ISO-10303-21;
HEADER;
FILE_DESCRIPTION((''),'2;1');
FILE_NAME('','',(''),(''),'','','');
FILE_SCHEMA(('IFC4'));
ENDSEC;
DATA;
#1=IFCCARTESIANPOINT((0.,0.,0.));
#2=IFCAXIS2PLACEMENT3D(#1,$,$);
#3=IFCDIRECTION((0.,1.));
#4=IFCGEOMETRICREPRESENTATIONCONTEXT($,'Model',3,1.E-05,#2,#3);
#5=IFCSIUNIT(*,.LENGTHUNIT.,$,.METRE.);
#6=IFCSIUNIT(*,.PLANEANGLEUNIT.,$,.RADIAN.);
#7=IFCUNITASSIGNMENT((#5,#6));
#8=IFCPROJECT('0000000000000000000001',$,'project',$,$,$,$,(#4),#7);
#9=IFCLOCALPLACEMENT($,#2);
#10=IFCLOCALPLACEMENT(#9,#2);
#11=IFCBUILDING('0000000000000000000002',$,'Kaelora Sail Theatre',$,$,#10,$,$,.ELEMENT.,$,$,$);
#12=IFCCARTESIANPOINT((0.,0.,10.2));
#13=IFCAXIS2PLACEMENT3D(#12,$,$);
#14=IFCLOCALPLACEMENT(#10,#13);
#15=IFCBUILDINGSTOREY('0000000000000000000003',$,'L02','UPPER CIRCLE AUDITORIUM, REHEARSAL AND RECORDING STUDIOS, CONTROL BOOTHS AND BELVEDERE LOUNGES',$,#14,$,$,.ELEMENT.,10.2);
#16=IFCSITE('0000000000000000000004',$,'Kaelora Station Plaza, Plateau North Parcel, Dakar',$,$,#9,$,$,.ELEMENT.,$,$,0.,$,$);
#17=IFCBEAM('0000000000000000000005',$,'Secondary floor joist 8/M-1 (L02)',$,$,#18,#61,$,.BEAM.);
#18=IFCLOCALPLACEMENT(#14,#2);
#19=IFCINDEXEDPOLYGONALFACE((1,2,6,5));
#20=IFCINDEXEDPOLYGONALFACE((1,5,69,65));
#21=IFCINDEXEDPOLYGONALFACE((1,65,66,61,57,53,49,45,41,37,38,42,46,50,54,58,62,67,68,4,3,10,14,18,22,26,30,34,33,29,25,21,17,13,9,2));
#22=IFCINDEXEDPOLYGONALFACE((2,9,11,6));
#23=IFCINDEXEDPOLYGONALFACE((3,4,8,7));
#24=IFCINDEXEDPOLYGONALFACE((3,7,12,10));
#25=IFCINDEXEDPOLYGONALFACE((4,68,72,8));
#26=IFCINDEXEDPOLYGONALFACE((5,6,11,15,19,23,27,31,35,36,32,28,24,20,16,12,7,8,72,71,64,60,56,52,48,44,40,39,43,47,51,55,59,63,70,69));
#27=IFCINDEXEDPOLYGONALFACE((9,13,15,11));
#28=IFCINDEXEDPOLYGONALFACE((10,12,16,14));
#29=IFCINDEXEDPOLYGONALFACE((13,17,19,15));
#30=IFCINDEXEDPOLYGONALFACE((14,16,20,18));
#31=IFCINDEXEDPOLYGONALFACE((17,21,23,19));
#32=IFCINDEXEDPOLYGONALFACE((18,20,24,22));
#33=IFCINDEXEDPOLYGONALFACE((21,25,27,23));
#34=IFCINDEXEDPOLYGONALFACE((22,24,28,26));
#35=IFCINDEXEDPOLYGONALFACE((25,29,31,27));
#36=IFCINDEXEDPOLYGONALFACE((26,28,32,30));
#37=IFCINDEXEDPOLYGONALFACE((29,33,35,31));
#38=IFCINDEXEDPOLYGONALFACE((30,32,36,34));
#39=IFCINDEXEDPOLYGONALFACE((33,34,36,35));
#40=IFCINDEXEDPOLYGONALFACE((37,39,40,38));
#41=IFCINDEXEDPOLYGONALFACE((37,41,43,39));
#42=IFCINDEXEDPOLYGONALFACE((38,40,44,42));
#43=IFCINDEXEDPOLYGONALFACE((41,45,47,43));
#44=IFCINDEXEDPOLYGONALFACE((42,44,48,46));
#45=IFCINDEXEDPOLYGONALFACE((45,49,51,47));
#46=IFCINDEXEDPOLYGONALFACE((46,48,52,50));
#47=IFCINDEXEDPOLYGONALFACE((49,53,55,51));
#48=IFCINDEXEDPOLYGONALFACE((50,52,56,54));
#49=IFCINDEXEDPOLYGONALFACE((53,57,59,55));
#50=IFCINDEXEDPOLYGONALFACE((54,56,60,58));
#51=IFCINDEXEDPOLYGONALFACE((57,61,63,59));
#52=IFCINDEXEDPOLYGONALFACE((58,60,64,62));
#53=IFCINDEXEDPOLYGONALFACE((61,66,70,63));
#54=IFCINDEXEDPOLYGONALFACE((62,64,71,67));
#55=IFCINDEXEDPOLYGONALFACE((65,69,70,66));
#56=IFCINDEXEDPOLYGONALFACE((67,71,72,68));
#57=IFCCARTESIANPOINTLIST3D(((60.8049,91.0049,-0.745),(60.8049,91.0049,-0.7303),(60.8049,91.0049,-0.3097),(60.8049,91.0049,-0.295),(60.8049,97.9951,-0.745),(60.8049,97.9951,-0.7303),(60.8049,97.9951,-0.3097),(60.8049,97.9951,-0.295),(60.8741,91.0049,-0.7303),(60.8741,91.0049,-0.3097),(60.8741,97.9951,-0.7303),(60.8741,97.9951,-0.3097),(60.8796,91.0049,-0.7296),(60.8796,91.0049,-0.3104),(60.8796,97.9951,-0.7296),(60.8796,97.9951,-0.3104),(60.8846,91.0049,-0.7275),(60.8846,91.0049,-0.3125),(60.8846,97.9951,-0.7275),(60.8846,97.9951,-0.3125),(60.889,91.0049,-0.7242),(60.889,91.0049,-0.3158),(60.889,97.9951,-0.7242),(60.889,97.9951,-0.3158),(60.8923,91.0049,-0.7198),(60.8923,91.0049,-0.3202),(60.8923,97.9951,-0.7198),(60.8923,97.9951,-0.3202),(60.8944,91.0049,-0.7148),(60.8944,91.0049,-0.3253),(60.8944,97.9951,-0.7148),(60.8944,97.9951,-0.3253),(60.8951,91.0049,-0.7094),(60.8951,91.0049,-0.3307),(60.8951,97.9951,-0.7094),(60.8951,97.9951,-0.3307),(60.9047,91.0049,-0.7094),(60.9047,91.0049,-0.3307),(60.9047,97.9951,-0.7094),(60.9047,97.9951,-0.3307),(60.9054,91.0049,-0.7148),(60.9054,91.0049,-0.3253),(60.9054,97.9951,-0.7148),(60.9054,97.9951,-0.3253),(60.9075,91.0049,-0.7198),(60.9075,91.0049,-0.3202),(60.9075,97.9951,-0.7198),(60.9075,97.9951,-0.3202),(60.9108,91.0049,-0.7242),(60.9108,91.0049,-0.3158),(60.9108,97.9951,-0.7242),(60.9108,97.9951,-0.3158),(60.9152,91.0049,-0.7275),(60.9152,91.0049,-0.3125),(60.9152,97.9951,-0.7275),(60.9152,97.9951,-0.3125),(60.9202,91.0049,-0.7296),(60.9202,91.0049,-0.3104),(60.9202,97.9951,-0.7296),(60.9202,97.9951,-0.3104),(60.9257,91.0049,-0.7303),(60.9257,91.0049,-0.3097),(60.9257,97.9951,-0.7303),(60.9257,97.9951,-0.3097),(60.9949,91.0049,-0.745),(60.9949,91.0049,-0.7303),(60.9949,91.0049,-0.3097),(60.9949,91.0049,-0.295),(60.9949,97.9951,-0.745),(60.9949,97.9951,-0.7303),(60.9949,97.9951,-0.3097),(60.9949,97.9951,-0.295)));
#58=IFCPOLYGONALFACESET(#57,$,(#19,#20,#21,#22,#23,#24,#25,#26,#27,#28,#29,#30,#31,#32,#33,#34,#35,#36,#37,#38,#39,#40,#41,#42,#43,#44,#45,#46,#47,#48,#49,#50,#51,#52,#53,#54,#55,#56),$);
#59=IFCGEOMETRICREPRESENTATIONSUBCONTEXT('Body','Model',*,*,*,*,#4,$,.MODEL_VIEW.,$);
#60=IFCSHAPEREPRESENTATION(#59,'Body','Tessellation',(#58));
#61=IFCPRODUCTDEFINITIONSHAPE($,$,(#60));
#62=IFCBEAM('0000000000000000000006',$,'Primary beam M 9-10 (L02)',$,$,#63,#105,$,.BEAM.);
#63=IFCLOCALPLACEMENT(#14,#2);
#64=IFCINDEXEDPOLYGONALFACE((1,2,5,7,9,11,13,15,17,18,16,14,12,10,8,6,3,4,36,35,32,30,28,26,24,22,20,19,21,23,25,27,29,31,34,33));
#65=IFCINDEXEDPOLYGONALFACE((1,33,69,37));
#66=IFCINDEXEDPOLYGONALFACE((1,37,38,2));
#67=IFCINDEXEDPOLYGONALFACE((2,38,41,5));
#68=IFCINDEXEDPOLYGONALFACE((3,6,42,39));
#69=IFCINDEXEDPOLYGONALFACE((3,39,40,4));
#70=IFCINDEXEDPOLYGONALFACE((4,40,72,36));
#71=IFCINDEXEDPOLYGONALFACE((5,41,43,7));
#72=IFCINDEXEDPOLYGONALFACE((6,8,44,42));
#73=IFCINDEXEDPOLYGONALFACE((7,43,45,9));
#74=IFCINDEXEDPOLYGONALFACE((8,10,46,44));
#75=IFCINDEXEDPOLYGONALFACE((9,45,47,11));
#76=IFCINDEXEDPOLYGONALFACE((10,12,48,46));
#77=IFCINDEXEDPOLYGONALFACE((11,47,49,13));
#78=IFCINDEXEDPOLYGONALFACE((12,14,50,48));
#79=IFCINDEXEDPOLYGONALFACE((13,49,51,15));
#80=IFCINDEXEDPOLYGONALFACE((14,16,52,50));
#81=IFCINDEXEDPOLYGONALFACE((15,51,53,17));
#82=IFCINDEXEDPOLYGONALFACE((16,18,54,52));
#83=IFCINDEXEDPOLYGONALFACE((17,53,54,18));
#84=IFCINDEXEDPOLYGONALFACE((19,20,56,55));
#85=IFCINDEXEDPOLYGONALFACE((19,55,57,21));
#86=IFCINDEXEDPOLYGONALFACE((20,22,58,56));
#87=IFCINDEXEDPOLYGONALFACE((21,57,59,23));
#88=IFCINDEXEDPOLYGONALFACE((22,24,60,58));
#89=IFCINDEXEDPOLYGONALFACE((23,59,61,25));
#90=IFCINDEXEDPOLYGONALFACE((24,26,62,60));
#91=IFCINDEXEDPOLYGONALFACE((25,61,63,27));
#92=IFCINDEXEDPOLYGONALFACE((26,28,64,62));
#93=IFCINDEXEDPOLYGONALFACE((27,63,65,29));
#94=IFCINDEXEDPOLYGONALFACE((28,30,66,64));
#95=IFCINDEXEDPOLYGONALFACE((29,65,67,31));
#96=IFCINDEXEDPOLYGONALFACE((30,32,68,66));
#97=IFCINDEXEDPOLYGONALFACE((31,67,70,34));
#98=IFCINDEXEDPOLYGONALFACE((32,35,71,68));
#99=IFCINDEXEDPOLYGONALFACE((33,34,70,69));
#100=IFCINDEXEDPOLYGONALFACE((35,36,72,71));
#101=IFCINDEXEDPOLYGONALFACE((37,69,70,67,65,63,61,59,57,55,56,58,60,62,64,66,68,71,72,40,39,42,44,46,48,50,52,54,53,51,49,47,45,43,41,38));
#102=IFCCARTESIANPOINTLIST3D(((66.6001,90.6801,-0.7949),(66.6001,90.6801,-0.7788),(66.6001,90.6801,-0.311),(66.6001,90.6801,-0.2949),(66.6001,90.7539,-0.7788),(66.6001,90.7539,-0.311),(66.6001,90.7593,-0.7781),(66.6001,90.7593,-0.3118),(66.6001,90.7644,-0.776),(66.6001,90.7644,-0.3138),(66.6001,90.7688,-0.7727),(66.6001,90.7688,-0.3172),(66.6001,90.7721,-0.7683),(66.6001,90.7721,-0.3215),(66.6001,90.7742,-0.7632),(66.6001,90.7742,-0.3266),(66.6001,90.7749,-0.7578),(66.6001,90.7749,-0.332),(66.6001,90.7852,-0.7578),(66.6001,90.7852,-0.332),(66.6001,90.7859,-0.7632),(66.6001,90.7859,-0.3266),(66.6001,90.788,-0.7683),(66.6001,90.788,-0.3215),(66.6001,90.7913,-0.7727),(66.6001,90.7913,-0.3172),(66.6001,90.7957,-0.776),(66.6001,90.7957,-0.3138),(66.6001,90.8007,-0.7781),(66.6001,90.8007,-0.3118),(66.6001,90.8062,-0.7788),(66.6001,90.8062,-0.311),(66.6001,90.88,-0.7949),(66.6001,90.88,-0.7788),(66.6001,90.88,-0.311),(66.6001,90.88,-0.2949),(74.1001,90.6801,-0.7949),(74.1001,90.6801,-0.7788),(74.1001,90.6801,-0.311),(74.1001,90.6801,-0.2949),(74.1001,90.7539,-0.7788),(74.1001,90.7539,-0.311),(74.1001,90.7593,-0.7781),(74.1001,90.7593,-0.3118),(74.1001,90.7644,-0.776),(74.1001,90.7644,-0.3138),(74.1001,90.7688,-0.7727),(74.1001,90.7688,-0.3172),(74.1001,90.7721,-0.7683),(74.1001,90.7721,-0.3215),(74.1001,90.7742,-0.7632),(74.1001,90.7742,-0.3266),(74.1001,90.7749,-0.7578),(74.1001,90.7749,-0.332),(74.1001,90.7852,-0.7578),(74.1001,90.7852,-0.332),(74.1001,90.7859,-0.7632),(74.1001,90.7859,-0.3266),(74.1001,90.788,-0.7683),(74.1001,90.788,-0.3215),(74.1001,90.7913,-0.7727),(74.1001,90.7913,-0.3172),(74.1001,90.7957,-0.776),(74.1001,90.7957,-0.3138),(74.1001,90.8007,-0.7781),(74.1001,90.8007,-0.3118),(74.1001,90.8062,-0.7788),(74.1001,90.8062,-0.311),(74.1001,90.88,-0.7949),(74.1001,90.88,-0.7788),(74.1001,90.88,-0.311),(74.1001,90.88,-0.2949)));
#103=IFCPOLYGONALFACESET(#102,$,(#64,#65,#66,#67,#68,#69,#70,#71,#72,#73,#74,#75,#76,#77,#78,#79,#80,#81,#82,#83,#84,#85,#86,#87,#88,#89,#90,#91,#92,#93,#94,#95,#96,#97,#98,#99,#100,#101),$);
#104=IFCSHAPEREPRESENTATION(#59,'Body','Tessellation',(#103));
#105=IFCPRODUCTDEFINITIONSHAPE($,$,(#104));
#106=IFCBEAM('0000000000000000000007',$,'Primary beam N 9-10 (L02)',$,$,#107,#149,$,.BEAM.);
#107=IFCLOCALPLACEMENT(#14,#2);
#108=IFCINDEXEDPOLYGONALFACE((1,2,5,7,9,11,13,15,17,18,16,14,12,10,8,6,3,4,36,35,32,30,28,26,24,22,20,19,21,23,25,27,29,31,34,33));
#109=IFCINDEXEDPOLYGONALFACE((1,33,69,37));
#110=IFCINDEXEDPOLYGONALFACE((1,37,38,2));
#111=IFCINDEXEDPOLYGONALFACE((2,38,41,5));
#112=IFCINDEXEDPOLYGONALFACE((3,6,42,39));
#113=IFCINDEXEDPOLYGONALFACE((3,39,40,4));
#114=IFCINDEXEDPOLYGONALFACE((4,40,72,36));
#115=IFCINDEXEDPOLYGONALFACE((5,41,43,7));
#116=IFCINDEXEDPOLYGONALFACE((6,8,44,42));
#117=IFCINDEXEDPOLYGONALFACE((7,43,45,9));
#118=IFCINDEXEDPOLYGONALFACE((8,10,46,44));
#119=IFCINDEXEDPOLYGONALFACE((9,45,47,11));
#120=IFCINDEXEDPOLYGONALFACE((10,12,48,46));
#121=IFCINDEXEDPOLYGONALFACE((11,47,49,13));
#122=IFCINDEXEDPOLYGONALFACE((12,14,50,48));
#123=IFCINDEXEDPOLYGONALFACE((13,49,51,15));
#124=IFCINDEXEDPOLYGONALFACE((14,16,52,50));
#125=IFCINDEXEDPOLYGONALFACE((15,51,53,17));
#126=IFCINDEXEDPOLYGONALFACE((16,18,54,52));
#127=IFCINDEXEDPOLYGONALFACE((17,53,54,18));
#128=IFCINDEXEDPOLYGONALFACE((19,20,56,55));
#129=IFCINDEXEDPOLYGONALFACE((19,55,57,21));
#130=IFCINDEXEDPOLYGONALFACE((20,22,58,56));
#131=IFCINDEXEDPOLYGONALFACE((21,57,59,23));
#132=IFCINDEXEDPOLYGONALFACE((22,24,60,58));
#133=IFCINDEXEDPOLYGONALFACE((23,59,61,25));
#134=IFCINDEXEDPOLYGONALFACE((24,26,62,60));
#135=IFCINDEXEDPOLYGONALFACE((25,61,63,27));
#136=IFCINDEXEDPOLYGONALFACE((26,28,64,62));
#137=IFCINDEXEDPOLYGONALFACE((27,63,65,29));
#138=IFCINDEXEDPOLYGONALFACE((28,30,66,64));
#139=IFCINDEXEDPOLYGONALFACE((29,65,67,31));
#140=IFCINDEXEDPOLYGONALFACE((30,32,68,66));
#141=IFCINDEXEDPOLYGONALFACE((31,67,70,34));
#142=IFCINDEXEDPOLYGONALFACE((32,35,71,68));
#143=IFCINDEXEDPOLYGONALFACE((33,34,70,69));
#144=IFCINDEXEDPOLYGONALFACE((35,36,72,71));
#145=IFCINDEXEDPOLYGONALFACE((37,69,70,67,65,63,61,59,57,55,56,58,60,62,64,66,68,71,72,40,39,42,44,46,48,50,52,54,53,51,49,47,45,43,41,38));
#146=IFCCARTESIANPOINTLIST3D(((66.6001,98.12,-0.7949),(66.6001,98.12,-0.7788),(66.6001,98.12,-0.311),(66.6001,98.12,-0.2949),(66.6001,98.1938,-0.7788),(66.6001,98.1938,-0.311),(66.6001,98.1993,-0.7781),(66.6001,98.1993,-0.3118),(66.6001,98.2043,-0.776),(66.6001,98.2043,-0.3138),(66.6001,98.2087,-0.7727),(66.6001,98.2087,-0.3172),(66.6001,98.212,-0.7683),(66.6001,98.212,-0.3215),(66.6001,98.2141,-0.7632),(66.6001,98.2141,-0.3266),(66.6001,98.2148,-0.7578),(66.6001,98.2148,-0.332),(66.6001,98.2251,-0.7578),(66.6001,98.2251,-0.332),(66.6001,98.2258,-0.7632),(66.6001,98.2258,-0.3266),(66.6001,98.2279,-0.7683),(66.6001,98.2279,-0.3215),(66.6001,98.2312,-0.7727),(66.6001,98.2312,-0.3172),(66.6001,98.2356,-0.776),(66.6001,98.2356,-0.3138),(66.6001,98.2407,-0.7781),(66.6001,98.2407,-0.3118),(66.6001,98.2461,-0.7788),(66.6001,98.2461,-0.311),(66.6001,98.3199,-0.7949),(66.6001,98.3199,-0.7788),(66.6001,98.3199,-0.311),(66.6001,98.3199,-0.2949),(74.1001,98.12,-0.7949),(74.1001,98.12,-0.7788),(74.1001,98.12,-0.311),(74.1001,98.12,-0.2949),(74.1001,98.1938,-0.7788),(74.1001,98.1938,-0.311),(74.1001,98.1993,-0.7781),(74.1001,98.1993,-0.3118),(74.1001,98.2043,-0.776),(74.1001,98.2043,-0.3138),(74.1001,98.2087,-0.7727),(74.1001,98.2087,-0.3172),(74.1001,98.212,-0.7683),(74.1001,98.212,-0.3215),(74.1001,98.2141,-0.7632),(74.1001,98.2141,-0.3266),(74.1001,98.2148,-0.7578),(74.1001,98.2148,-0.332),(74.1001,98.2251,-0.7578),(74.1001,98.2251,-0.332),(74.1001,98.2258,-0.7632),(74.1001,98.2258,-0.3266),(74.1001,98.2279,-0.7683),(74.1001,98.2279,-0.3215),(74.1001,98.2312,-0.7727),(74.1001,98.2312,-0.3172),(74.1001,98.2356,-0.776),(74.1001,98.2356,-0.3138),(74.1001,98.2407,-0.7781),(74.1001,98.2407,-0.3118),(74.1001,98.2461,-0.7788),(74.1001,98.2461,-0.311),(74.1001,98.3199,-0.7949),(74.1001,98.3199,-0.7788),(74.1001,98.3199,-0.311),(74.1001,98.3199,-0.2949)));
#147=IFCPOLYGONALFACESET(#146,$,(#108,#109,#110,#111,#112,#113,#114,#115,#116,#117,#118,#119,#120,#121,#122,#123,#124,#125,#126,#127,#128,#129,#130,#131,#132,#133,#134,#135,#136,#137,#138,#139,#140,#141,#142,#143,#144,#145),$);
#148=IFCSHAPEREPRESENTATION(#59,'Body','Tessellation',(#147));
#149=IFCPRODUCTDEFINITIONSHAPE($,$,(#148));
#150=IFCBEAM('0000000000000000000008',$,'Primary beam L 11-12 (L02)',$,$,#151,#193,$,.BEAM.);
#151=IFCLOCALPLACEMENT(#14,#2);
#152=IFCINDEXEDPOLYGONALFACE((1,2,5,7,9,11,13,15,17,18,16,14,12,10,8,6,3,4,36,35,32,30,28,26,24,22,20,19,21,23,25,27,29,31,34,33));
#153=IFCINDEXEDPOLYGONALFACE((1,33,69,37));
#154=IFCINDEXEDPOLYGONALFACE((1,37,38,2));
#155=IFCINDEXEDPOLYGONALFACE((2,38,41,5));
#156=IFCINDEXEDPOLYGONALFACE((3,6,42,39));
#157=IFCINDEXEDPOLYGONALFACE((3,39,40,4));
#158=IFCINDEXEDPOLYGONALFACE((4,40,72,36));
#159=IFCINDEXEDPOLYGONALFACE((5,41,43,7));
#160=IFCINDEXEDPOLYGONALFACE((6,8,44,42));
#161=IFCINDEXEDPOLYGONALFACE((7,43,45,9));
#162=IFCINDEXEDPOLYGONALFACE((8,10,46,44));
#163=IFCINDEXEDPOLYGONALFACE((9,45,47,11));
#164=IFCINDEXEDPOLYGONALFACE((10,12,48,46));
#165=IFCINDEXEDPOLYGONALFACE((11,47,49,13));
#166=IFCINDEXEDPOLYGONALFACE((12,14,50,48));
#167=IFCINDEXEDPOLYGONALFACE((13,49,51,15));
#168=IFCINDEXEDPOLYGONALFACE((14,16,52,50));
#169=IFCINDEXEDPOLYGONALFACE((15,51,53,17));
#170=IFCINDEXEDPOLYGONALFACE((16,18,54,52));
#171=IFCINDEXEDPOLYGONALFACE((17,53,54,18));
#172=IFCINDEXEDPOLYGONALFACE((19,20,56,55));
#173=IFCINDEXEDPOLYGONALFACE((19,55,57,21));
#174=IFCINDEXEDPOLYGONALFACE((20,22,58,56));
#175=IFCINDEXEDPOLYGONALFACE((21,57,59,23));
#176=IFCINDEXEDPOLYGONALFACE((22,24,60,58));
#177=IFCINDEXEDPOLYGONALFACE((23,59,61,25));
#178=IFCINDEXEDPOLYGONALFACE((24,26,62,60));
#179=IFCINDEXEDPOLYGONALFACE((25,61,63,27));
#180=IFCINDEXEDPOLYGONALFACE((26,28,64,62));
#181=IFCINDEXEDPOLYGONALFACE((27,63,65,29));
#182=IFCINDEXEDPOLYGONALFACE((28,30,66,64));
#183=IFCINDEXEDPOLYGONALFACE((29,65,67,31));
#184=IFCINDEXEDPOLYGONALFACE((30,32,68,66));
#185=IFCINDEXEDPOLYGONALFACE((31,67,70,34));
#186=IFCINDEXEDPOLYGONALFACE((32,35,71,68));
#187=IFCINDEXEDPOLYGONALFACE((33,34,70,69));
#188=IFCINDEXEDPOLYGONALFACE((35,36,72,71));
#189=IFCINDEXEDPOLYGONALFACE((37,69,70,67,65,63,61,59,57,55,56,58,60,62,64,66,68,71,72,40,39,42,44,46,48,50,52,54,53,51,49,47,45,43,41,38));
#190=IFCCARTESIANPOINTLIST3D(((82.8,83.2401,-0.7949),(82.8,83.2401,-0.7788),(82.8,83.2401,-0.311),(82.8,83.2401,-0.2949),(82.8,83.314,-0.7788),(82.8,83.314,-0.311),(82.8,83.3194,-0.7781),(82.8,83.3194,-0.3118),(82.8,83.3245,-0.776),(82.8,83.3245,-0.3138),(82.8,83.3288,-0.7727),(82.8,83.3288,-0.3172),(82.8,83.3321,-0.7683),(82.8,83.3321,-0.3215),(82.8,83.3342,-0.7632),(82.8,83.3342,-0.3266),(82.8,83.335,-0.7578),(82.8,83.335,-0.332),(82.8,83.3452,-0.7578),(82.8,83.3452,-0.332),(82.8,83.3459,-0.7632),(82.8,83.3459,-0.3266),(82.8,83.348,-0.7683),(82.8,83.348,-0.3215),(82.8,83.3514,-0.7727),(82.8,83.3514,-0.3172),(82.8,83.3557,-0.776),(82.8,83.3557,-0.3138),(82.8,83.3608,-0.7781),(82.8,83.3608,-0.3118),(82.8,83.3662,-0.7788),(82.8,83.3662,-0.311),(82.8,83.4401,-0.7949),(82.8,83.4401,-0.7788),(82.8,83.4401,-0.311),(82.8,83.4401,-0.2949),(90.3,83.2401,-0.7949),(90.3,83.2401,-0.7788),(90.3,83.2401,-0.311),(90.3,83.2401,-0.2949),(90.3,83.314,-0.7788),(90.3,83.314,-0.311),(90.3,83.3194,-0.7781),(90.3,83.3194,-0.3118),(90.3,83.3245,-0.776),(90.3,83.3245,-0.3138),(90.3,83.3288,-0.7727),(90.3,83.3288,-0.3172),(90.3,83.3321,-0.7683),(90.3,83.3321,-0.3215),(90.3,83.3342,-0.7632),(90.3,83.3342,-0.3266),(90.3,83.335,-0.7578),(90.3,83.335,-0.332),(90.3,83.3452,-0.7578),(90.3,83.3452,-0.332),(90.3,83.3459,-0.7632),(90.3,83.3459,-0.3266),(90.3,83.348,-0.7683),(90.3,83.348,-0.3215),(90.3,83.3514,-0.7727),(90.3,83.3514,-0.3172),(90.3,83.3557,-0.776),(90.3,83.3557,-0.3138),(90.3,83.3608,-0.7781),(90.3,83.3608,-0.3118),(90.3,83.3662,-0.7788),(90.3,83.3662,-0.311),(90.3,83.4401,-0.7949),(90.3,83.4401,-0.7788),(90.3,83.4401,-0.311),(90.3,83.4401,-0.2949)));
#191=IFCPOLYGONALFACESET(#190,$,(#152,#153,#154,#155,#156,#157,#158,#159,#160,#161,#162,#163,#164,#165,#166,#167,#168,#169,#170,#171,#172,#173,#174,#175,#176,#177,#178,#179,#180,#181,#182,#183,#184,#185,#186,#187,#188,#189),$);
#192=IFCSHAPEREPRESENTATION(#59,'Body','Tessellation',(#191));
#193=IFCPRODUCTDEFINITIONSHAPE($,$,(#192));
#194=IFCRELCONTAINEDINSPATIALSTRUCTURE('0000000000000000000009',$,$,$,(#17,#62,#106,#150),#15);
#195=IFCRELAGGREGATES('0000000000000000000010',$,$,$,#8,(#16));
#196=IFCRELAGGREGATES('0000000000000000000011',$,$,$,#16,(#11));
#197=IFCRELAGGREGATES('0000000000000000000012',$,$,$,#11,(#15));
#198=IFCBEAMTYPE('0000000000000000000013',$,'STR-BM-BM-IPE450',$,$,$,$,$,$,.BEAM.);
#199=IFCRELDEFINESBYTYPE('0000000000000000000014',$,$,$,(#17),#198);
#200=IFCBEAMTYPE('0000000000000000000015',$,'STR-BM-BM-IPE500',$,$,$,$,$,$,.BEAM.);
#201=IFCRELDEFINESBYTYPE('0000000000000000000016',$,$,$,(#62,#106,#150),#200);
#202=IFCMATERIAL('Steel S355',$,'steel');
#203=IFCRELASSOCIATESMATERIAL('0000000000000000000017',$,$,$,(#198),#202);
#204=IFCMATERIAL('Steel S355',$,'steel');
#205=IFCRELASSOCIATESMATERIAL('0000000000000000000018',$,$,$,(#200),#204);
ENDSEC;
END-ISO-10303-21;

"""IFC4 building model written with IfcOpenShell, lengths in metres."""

from ifc_helpers import new_model, si_unit, direction, frame, origin, origin_2d, place, context, subcontext, project, spatial, i_section, extrude, material, material_profile, profile_set, type_object, element, save


model = new_model("IFC4")

# Units and contexts
model_context = context("Model", 3, precision=1e-05, world=origin(), true_north=direction((0.0, 1.0)))
body_context = subcontext(model_context, "Body", "Model", "MODEL_VIEW")
ifc_project = project(units=[si_unit("LENGTHUNIT", "METRE"), si_unit("PLANEANGLEUNIT", "RADIAN")], contexts=[model_context])

# Site, building, storey
site_placement = place(None, origin())
site = spatial("IfcSite", under=ifc_project, at=site_placement, Name="Kaelora Station Plaza, Plateau North Parcel, Dakar", CompositionType="ELEMENT", RefElevation=0.0)
building_placement = place(site_placement, origin())
building = spatial("IfcBuilding", under=site, at=building_placement, Name="Kaelora Sail Theatre", CompositionType="ELEMENT")
storey_placement = place(building_placement, frame((0.0, 0.0, 10.2)))
storey = spatial("IfcBuildingStorey", under=building, at=storey_placement, Name="L02", Description="UPPER CIRCLE AUDITORIUM, REHEARSAL AND RECORDING STUDIOS, CONTROL BOOTHS AND BELVEDERE LOUNGES", CompositionType="ELEMENT", Elevation=10.2)

# Beams
ifc_material_1 = material(Name="Steel S355", Category="steel")
ifc_material_profile_1 = material_profile(ifc_material_1, i_section(OverallWidth=0.1899, OverallDepth=0.45, WebThickness=0.0095, FlangeThickness=0.0146, FilletRadius=0.021, at=origin_2d()), Name="IPE 450")
ifc_profile_set_1 = profile_set([ifc_material_profile_1], Name="Steel S355")
beam_type_1 = type_object("IfcBeamType", Name="STR-BM-BM-IPE450", PredefinedType="BEAM", material=ifc_profile_set_1)
beam_1_placement = place(storey_placement, frame((60.8999, 91.0049, -0.52), z_axis=(0.0, 1.0, 0.0), x_axis=(-1.0, 0.0, 0.0)))
element("IfcBeam", 1, at=beam_1_placement, inside=storey, type_object=beam_type_1, Name="Secondary floor joist 8/M-1 (L02)", PredefinedType="BEAM", context=body_context, shape_type="SweptSolid", body=[
    extrude(i_section(OverallWidth=0.1899, OverallDepth=0.45, WebThickness=0.0095, FlangeThickness=0.0146, FilletRadius=0.021, at=origin_2d()), origin(), (0.0, 0.0, 1.0), 6.9902),
])
ifc_material_2 = material(Name="Steel S355", Category="steel")
ifc_material_profile_2 = material_profile(ifc_material_2, i_section(OverallWidth=0.2, OverallDepth=0.5, WebThickness=0.0103, FlangeThickness=0.0161, FilletRadius=0.021, at=origin_2d()), Name="IPE 500")
ifc_profile_set_2 = profile_set([ifc_material_profile_2], Name="Steel S355")
beam_type_2 = type_object("IfcBeamType", Name="STR-BM-BM-IPE500", PredefinedType="BEAM", material=ifc_profile_set_2)
for number, where, z_axis, x_axis, name in (
    (2, (66.6001, 90.78, -0.5449), (1.0, 0.0, 0.0), (0.0, 1.0, 0.0), "Primary beam M 9-10 (L02)"),
    (3, (66.6001, 98.22, -0.5449), (1.0, 0.0, 0.0), (0.0, 1.0, 0.0), "Primary beam N 9-10 (L02)"),
    (4, (82.8, 83.3401, -0.5449), (1.0, 0.0, 0.0), (0.0, 1.0, 0.0), "Primary beam L 11-12 (L02)"),
):
    element("IfcBeam", number, at=place(storey_placement, frame(where, z_axis=z_axis, x_axis=x_axis)), inside=storey, type_object=beam_type_2, Name=name, PredefinedType="BEAM", context=body_context, shape_type="SweptSolid", body=[
        extrude(i_section(OverallWidth=0.2, OverallDepth=0.5, WebThickness=0.0103, FlangeThickness=0.0161, FilletRadius=0.021, at=origin_2d()), origin(), (0.0, 0.0, 1.0), 7.5),
    ])

save(model, "model.ifc")
